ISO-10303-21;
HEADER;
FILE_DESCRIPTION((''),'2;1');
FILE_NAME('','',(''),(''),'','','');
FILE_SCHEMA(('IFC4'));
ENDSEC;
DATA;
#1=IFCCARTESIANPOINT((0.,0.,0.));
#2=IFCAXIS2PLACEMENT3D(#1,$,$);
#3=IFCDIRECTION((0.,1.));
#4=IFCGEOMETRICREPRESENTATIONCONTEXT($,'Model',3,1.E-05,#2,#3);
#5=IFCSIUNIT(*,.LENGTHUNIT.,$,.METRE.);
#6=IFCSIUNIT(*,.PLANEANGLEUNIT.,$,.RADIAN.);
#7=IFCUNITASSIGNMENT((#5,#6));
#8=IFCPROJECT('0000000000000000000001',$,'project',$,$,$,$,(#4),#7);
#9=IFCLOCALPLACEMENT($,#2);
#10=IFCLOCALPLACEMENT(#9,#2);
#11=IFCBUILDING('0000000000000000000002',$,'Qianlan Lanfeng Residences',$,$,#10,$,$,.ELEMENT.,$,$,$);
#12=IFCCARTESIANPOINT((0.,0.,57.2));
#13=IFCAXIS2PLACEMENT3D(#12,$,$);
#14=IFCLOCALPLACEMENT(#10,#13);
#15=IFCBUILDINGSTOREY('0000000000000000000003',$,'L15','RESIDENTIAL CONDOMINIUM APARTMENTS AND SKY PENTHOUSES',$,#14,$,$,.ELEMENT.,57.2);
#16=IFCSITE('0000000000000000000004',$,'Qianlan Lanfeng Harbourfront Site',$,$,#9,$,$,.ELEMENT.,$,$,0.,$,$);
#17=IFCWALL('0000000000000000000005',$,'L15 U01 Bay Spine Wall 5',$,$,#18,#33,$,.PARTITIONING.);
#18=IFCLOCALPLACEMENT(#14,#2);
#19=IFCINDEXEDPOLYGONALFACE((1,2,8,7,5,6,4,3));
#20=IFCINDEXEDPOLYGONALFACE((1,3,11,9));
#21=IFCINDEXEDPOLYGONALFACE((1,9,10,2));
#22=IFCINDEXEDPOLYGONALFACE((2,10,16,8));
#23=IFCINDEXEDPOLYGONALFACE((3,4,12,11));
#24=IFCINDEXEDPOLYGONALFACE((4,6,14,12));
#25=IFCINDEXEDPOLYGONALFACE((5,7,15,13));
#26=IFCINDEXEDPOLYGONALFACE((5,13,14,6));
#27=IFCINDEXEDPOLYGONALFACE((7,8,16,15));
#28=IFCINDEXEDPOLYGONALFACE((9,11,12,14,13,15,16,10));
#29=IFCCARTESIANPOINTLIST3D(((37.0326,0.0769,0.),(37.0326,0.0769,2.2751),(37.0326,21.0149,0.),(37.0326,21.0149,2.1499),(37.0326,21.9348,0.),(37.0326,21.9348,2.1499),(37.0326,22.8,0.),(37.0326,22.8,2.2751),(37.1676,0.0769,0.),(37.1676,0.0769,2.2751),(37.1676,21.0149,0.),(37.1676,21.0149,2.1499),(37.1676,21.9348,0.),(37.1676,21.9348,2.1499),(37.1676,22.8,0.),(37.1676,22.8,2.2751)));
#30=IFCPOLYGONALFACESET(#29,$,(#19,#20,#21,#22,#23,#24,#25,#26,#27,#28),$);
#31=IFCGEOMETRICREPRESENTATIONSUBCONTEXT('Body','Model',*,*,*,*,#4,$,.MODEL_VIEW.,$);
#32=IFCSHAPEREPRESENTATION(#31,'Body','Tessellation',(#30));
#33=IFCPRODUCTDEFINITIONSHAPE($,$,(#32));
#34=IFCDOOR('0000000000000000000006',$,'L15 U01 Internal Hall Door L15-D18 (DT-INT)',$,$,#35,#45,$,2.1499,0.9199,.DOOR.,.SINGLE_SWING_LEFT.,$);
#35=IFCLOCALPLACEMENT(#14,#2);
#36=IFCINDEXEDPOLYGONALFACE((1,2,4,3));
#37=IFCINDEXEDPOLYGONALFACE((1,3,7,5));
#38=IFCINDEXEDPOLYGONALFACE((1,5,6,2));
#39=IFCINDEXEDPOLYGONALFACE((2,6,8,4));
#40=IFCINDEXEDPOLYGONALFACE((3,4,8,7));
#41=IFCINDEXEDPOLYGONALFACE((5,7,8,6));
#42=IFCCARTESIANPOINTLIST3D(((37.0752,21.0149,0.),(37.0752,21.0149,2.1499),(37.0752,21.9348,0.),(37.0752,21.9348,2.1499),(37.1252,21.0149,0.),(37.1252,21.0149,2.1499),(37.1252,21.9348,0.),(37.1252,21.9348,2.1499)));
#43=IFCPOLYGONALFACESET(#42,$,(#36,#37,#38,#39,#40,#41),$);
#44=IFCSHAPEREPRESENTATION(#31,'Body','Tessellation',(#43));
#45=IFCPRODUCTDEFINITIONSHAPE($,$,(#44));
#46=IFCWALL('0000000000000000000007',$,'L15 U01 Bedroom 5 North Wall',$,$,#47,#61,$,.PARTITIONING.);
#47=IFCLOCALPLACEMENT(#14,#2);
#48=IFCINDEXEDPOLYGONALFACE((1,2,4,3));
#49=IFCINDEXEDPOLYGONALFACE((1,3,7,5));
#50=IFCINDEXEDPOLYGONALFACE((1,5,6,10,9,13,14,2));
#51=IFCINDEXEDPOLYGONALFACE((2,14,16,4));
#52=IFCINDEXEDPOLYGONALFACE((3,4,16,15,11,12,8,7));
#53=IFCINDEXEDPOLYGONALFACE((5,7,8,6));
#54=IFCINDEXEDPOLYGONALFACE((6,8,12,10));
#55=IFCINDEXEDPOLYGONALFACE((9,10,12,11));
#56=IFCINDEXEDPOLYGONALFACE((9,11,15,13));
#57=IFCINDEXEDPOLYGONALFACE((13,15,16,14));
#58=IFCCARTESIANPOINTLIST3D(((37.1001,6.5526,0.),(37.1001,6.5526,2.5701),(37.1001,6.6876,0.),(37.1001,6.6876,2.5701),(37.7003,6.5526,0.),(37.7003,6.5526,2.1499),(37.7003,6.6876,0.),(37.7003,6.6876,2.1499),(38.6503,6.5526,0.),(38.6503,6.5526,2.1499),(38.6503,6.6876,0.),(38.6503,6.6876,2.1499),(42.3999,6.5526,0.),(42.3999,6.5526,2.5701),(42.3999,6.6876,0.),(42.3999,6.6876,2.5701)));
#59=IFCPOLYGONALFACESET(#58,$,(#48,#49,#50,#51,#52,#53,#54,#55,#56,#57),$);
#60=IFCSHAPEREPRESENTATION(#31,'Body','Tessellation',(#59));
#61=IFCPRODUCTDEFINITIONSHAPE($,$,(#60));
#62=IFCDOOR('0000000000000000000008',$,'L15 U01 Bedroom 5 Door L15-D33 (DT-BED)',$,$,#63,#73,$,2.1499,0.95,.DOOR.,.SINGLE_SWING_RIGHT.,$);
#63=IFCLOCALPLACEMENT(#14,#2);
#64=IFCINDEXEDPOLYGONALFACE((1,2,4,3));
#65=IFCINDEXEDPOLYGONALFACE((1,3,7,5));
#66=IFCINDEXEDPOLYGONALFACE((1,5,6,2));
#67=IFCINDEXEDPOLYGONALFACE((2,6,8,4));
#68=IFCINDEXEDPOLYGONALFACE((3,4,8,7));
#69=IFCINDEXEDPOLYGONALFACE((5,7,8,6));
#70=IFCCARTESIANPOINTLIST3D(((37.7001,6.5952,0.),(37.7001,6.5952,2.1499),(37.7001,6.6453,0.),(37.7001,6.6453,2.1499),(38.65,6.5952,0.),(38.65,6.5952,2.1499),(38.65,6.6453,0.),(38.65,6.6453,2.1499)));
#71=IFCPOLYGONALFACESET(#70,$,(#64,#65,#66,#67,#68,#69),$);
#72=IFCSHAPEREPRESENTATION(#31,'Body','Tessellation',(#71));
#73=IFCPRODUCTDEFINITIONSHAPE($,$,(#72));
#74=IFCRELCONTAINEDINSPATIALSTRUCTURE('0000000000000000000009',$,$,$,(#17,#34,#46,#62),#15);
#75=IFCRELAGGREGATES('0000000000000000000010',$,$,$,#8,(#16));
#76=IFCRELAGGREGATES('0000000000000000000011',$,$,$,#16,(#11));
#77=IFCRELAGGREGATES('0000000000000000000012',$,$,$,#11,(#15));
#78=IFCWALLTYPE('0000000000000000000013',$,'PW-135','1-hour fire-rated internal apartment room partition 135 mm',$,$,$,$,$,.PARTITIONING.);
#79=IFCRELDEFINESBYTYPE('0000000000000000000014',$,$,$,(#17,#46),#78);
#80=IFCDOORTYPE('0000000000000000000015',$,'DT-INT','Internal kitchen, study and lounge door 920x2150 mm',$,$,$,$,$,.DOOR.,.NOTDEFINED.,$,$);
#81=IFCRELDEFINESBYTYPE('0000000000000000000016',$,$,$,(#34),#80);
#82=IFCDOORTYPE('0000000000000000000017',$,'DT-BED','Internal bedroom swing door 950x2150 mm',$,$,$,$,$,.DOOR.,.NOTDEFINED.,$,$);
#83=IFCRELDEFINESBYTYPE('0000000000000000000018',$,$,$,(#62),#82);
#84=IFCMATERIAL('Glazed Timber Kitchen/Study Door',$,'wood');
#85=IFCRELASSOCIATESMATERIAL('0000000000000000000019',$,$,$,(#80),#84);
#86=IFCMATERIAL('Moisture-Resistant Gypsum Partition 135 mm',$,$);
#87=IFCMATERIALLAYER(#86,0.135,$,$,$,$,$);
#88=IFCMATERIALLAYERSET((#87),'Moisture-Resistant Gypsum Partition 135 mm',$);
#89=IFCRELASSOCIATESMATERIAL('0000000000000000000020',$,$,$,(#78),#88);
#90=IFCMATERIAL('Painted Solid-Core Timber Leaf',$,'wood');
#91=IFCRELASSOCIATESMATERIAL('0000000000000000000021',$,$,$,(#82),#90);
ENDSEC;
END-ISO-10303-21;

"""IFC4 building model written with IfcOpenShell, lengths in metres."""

from ifc_helpers import new_model, si_unit, direction, frame, frame_2d, origin, place, context, subcontext, project, spatial, rectangle, extrude, material, layer, layer_set, type_object, element, fill, save


model = new_model("IFC4")

# Units and contexts
model_context = context("Model", 3, precision=1e-05, world=origin(), true_north=direction((0.0, 1.0)))
body_context = subcontext(model_context, "Body", "Model", "MODEL_VIEW")
ifc_project = project(units=[si_unit("LENGTHUNIT", "METRE"), si_unit("PLANEANGLEUNIT", "RADIAN")], contexts=[model_context])

# Site, building, storey
site_placement = place(None, origin())
site = spatial("IfcSite", under=ifc_project, at=site_placement, Name="Qianlan Lanfeng Harbourfront Site", CompositionType="ELEMENT", RefElevation=0.0)
building_placement = place(site_placement, origin())
building = spatial("IfcBuilding", under=site, at=building_placement, Name="Qianlan Lanfeng Residences", CompositionType="ELEMENT")
storey_placement = place(building_placement, frame((0.0, 0.0, 57.2)))
storey = spatial("IfcBuildingStorey", under=building, at=storey_placement, Name="L15", Description="RESIDENTIAL CONDOMINIUM APARTMENTS AND SKY PENTHOUSES", CompositionType="ELEMENT", Elevation=57.2)

# Shared definitions
ifc_material_1 = material(Name="Glazed Timber Kitchen/Study Door", Category="wood")
door_type_1 = type_object("IfcDoorType", Name="DT-INT", Description="Internal kitchen, study and lounge door 920x2150 mm", OperationType="NOTDEFINED", PredefinedType="DOOR", material=ifc_material_1)

# Walls, openings, doors
ifc_material_2 = material(Name="Moisture-Resistant Gypsum Partition 135 mm")
ifc_layer_1 = layer(ifc_material_2, 0.135)
ifc_layer_set_1 = layer_set([ifc_layer_1], Name="Moisture-Resistant Gypsum Partition 135 mm")
wall_type_1 = type_object("IfcWallType", Name="PW-135", Description="1-hour fire-rated internal apartment room partition 135 mm", PredefinedType="PARTITIONING", material=ifc_layer_set_1)
wall_1_placement = place(storey_placement, frame((37.1001, 0.0769, 0.0), z_axis=(0.0, 0.0, 1.0), x_axis=(0.0, 1.0, 0.0)))
wall_1 = element("IfcWall", 1, at=wall_1_placement, inside=storey, type_object=wall_type_1, Name="L15 U01 Bay Spine Wall 5", PredefinedType="PARTITIONING", context=body_context, shape_type="SweptSolid", body=[
    extrude(rectangle(XDim=22.7231, YDim=0.135, at=frame_2d((11.3616, 0.0))), origin(), (0.0, 0.0, 1.0), 2.2751),
])
opening_1_placement = place(wall_1_placement, frame((20.938, 0.0, 0.0)))
opening_1 = element("IfcOpeningElement", 2, at=opening_1_placement, cuts=wall_1, PredefinedType="OPENING", context=body_context, shape_type="SweptSolid", body=[
    extrude(rectangle(XDim=0.9199, YDim=2.1499, at=frame_2d((0.46, 1.075))), frame((0.0, 0.0776, 0.0), z_axis=(0.0, -1.0, 0.0), x_axis=(1.0, 0.0, 0.0)), (0.0, 0.0, 1.0), 0.155),
])
door_1_placement = place(opening_1_placement, origin())
door_1 = element("IfcDoor", 3, at=door_1_placement, inside=storey, type_object=door_type_1, Name="L15 U01 Internal Hall Door L15-D18 (DT-INT)", OperationType="SINGLE_SWING_LEFT", OverallHeight=2.1499, OverallWidth=0.9199, PredefinedType="DOOR", context=body_context, shape_type="SweptSolid", body=[
    extrude(rectangle(XDim=0.9199, YDim=2.1499, at=frame_2d((0.46, 1.075))), frame((0.0, 0.0249, 0.0), z_axis=(0.0, -1.0, 0.0), x_axis=(1.0, 0.0, 0.0)), (0.0, 0.0, 1.0), 0.05),
])
fill(opening_1, door_1)
wall_2_placement = place(storey_placement, frame((37.1001, 6.6201, 0.0), z_axis=(0.0, 0.0, 1.0), x_axis=(1.0, 0.0, 0.0)))
wall_2 = element("IfcWall", 4, at=wall_2_placement, inside=storey, type_object=wall_type_1, Name="L15 U01 Bedroom 5 North Wall", PredefinedType="PARTITIONING", context=body_context, shape_type="SweptSolid", body=[
    extrude(rectangle(XDim=5.2998, YDim=0.135, at=frame_2d((2.6499, 0.0))), origin(), (0.0, 0.0, 1.0), 2.5701),
])
opening_2_placement = place(wall_2_placement, frame((0.6001, 0.0, 0.0)))
opening_2 = element("IfcOpeningElement", 5, at=opening_2_placement, cuts=wall_2, PredefinedType="OPENING", context=body_context, shape_type="SweptSolid", body=[
    extrude(rectangle(XDim=0.95, YDim=2.1499, at=frame_2d((0.4751, 1.075))), frame((0.0, 0.0776, 0.0), z_axis=(0.0, -1.0, 0.0), x_axis=(1.0, 0.0, 0.0)), (0.0, 0.0, 1.0), 0.155),
])
ifc_material_3 = material(Name="Painted Solid-Core Timber Leaf", Category="wood")
door_type_2 = type_object("IfcDoorType", Name="DT-BED", Description="Internal bedroom swing door 950x2150 mm", OperationType="NOTDEFINED", PredefinedType="DOOR", material=ifc_material_3)
door_2_placement = place(opening_2_placement, frame((0.95, 0.0, 0.0), z_axis=(0.0, 0.0, 1.0), x_axis=(-1.0, 0.0, 0.0)))
door_2 = element("IfcDoor", 6, at=door_2_placement, inside=storey, type_object=door_type_2, Name="L15 U01 Bedroom 5 Door L15-D33 (DT-BED)", OperationType="SINGLE_SWING_RIGHT", OverallHeight=2.1499, OverallWidth=0.95, PredefinedType="DOOR", context=body_context, shape_type="SweptSolid", body=[
    extrude(rectangle(XDim=0.95, YDim=2.1499, at=frame_2d((0.4751, 1.075))), frame((0.0, 0.0249, 0.0), z_axis=(0.0, -1.0, 0.0), x_axis=(1.0, 0.0, 0.0)), (0.0, 0.0, 1.0), 0.05),
])
fill(opening_2, door_2)

save(model, "model.ifc")
